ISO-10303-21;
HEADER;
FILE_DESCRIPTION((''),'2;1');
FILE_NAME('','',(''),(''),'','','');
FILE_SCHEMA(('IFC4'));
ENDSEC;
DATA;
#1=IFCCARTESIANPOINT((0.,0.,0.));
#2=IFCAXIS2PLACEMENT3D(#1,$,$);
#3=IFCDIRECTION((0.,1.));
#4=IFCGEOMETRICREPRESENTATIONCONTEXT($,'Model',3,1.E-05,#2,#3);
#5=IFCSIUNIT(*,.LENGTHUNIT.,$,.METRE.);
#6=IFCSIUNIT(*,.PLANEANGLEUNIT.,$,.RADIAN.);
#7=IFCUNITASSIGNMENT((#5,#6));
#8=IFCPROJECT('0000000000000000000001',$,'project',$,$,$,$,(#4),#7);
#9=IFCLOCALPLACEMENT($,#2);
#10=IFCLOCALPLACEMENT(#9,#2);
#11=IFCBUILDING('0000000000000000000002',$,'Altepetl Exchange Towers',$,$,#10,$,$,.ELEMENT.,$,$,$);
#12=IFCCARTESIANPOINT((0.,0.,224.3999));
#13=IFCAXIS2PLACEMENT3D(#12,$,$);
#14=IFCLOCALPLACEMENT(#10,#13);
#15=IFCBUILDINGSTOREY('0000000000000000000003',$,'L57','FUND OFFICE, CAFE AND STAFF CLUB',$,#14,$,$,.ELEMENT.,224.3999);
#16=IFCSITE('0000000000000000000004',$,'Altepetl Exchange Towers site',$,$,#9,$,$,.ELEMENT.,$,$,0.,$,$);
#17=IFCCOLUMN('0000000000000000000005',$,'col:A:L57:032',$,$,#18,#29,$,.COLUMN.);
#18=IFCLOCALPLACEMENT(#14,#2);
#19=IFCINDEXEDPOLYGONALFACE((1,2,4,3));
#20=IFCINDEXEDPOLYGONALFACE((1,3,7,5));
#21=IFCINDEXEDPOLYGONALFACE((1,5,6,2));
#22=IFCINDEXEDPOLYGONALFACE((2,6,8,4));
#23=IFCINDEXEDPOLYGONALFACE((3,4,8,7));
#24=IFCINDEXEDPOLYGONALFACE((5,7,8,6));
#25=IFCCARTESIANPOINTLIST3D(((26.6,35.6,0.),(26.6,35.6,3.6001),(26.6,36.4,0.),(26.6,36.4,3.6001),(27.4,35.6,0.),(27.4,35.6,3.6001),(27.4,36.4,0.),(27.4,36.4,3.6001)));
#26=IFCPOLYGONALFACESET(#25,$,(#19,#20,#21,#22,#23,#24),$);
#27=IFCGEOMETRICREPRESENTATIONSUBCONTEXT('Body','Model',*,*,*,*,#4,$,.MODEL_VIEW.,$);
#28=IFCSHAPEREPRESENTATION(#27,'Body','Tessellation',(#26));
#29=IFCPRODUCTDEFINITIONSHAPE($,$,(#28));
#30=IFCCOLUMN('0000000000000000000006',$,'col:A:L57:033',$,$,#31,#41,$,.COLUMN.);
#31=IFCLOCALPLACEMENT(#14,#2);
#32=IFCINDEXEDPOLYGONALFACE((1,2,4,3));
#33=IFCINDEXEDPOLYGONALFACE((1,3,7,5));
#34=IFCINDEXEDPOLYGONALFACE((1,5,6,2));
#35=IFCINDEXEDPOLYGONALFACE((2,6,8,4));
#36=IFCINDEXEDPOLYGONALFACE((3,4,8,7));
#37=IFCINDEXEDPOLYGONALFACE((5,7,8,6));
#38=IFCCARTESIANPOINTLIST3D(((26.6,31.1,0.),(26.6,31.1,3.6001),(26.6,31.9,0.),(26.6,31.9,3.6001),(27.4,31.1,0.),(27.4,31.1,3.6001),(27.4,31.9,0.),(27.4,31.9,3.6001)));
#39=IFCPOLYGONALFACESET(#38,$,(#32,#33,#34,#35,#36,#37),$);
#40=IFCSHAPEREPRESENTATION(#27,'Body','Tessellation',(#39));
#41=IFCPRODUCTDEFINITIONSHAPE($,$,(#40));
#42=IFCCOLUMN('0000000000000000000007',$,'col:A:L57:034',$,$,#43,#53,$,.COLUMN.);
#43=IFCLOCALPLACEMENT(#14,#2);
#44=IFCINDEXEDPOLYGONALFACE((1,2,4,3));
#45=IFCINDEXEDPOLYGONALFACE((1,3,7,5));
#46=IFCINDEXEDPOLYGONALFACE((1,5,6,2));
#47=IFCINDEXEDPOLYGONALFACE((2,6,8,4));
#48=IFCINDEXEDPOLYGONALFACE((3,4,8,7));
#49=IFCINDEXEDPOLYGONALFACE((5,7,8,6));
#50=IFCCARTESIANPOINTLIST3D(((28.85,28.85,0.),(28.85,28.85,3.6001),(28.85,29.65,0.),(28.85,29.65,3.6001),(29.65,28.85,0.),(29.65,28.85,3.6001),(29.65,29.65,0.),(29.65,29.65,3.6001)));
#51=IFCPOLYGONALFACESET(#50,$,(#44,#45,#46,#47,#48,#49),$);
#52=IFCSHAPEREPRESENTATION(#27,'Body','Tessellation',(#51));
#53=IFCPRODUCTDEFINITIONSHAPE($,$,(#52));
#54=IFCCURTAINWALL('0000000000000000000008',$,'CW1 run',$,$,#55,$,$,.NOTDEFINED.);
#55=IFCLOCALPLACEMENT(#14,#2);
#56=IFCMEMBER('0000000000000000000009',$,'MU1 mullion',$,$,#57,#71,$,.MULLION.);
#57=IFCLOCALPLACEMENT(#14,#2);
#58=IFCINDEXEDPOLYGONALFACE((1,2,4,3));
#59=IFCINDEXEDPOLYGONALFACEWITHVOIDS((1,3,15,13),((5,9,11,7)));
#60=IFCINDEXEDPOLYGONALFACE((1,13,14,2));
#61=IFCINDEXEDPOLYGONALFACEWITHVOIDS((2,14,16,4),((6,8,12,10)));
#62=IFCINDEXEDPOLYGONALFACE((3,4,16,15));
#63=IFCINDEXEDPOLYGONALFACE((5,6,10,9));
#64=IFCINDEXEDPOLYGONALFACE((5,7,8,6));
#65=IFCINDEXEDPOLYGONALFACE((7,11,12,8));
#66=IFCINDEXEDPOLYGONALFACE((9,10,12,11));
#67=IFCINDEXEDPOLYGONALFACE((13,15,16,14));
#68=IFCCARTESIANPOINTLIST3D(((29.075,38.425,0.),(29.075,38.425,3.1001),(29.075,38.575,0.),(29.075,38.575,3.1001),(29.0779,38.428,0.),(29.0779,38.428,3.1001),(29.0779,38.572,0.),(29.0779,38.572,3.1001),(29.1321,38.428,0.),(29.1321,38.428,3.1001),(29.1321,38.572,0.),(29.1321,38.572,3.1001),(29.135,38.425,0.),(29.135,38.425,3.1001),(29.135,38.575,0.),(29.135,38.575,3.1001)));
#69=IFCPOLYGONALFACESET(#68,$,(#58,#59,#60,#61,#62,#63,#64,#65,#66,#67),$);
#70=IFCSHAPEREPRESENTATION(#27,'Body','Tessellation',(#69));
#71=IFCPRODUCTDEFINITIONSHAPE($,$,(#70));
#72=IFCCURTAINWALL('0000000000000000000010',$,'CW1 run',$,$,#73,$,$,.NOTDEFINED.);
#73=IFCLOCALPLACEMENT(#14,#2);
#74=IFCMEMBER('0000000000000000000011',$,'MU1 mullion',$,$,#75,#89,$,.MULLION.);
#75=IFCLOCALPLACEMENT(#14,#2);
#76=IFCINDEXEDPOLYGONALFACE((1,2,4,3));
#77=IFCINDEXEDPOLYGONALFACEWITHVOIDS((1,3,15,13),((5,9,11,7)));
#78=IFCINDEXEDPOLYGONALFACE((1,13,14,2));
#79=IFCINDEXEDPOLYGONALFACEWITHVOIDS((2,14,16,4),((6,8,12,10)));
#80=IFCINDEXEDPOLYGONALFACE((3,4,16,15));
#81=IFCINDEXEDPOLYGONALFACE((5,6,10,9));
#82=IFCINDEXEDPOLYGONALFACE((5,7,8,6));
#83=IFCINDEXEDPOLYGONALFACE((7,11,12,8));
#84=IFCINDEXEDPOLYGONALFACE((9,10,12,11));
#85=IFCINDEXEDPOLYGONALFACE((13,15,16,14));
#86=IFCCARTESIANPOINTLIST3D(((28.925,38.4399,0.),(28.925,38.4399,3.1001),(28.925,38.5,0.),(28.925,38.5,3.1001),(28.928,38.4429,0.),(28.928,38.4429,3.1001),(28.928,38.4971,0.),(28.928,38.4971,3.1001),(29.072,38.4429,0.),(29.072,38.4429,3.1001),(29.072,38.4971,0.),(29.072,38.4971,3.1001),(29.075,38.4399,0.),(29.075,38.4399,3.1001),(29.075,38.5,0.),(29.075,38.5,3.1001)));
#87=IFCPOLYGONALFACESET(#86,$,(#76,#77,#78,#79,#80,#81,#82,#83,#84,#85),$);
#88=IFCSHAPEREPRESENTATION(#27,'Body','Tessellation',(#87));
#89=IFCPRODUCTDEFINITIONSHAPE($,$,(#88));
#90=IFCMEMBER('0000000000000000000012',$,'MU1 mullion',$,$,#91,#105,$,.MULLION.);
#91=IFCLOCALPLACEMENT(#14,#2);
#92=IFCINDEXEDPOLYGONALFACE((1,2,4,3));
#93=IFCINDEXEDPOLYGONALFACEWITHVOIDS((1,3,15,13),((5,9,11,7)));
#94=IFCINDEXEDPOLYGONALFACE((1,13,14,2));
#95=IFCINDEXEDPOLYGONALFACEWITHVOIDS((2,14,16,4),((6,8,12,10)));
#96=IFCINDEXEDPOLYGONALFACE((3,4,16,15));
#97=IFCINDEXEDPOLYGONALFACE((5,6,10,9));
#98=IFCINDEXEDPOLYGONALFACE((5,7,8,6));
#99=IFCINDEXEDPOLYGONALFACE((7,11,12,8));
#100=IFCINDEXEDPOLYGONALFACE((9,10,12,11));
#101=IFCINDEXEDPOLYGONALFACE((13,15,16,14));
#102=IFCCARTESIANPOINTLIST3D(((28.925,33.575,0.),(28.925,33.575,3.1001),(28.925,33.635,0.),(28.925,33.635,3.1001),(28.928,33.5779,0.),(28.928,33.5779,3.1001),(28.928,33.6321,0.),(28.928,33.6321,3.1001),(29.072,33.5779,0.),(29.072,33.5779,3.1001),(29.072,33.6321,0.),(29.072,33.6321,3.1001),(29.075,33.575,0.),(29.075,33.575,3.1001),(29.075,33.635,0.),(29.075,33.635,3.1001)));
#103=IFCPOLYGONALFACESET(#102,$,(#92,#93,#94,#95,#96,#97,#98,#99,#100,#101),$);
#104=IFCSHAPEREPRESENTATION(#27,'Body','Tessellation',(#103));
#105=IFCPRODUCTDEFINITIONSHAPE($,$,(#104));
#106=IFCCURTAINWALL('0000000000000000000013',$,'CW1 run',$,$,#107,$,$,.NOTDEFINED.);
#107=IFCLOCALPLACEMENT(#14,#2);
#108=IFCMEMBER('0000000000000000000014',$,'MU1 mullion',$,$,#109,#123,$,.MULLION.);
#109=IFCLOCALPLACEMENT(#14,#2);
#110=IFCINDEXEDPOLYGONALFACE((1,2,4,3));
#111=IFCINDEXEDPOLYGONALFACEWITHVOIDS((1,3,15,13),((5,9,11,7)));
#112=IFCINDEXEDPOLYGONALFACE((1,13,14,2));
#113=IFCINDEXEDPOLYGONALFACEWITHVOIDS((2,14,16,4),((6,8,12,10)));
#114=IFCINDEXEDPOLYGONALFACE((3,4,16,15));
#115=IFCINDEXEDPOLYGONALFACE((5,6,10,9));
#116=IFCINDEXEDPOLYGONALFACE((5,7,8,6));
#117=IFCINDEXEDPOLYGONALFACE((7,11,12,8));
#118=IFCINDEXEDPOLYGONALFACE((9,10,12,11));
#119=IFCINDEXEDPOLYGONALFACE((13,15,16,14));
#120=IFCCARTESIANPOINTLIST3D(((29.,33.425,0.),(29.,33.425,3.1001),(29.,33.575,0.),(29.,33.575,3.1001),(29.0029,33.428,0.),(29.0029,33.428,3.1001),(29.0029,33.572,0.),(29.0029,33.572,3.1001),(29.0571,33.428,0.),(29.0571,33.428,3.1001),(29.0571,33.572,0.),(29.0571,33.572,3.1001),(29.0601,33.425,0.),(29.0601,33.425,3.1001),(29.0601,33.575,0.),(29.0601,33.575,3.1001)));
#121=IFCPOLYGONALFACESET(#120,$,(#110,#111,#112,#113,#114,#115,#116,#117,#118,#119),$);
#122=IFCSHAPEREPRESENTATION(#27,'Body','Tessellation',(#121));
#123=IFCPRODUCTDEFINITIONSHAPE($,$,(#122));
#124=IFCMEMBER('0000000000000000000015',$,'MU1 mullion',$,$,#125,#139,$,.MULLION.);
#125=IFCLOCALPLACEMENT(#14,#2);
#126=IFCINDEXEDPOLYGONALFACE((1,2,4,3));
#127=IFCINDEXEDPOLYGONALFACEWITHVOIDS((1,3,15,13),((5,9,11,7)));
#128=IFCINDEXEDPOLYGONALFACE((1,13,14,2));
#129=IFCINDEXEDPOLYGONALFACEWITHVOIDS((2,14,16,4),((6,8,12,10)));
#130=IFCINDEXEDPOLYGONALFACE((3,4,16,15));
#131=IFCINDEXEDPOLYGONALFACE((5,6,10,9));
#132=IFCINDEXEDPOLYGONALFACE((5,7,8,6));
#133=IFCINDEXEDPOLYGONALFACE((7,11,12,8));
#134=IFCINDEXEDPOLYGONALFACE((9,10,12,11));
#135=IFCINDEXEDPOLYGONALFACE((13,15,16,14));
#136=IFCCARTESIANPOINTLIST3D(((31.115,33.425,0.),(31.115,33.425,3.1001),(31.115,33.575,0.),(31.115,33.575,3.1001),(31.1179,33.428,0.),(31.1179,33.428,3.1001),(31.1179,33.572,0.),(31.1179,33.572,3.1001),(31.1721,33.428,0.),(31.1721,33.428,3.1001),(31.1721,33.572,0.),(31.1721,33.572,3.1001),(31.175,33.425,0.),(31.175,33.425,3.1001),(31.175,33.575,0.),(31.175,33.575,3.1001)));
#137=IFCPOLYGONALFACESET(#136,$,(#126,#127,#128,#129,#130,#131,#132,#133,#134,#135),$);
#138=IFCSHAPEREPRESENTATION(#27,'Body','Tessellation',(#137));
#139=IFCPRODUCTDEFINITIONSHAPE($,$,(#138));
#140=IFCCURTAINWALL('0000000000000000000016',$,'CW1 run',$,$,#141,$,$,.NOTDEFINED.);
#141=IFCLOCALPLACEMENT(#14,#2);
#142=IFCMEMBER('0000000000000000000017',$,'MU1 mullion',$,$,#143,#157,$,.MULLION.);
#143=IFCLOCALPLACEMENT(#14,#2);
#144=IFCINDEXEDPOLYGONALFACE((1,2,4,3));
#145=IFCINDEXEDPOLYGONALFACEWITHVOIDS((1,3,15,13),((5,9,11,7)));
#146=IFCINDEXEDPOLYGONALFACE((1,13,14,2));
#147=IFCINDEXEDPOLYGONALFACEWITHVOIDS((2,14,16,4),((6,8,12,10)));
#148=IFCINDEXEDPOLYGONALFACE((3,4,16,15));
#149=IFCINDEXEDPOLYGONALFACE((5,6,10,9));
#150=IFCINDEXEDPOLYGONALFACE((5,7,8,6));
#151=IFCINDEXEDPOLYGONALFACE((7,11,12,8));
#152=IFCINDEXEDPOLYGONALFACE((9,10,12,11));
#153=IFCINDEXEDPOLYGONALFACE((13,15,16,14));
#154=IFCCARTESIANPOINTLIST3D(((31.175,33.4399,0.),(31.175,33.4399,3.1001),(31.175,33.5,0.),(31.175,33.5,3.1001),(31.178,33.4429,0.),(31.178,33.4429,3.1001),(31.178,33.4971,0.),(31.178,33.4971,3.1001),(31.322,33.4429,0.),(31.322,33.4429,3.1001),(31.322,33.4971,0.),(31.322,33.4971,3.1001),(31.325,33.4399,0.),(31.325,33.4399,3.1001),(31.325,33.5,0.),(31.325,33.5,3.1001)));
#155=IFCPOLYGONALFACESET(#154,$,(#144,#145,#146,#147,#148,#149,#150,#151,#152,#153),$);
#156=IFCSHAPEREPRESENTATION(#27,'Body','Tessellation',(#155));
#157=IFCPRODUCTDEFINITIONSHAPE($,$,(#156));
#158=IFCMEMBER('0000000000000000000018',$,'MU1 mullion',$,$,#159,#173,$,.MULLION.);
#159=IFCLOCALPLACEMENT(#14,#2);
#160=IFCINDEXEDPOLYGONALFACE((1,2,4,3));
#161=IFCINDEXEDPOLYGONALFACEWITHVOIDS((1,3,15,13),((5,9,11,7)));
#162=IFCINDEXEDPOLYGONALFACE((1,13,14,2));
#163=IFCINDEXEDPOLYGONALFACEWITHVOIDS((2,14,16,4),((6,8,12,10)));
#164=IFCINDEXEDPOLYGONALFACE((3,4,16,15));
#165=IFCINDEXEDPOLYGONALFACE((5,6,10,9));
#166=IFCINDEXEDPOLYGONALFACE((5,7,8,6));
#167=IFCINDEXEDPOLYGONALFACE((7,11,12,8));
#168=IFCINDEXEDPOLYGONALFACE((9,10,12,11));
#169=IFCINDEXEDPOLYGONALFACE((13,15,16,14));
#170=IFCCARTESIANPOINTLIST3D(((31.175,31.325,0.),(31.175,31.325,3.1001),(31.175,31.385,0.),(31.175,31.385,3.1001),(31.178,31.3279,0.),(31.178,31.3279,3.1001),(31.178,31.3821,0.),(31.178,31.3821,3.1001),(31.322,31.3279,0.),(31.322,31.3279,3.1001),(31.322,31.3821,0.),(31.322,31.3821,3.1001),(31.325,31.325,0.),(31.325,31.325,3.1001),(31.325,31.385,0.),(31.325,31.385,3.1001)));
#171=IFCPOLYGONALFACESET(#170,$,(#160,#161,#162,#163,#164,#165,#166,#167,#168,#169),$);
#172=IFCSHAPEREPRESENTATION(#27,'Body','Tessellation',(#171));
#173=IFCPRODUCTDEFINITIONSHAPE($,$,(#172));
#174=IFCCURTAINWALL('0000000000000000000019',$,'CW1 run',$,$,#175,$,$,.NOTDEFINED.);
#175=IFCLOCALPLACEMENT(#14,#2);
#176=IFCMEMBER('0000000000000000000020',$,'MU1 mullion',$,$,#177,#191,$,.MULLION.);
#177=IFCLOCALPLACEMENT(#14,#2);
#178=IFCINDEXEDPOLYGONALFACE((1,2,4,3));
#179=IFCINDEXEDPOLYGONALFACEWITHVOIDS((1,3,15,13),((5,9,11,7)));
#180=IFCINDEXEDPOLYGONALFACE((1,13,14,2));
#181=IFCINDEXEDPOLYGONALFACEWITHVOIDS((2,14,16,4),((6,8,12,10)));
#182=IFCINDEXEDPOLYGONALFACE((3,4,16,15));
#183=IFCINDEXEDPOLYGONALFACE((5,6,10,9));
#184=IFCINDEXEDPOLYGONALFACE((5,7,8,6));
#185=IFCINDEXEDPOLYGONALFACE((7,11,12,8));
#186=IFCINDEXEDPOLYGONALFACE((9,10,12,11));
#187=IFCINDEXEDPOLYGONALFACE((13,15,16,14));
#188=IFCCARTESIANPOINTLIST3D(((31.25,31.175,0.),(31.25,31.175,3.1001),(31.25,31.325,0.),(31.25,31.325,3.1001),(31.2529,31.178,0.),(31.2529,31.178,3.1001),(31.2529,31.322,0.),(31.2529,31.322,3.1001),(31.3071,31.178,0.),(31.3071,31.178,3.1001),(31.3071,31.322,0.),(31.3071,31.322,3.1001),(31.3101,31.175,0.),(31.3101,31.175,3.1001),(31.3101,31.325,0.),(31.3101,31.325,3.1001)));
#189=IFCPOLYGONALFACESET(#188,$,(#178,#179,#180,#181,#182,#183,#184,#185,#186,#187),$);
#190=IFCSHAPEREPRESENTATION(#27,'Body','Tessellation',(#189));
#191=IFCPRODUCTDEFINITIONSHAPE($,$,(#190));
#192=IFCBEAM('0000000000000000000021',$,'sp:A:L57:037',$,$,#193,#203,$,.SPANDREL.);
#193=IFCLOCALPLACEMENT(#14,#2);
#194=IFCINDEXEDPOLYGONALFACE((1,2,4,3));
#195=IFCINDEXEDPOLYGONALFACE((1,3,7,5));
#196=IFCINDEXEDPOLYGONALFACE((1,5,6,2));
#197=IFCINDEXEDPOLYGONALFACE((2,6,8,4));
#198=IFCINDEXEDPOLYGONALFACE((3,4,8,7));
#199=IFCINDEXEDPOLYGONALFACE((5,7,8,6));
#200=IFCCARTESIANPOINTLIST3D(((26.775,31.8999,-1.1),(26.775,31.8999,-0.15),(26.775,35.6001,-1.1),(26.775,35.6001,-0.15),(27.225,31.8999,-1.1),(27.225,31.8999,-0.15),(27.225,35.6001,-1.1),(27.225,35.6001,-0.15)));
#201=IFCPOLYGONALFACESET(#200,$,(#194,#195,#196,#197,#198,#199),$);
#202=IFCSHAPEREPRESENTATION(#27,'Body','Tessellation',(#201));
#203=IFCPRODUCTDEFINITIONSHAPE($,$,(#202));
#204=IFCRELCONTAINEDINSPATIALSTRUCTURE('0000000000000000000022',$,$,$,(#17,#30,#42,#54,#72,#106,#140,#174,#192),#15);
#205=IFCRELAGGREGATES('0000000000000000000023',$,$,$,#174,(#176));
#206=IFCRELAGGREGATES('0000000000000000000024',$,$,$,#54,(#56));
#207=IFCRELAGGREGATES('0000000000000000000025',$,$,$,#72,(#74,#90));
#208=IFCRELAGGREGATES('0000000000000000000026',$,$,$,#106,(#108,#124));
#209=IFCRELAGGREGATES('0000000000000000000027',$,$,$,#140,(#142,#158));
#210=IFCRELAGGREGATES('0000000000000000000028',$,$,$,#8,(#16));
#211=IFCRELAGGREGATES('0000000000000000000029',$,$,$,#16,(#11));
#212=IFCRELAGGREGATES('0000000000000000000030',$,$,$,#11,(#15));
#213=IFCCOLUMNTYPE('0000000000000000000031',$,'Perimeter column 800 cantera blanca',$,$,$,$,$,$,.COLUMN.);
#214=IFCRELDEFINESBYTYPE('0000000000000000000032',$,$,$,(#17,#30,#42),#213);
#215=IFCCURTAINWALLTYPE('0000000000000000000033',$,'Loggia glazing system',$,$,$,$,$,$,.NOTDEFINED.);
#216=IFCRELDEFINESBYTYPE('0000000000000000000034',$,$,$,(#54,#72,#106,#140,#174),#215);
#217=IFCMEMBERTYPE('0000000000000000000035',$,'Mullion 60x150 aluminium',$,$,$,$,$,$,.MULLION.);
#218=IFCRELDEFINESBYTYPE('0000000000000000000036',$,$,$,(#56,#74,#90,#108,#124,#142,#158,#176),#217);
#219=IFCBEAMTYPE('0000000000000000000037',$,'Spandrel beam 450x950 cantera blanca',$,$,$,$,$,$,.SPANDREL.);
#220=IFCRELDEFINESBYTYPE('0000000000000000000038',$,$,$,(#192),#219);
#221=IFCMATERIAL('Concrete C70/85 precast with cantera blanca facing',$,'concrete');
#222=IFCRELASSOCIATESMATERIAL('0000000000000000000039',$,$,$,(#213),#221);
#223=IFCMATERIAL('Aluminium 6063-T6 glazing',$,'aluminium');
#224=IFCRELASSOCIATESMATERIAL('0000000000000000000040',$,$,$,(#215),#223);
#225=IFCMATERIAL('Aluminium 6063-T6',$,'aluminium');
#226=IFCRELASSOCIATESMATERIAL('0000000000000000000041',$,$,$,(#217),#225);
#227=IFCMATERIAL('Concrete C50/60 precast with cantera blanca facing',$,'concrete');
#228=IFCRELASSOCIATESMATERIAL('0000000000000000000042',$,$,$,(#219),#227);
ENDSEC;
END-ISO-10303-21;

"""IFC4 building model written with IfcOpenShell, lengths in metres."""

from ifc_helpers import new_model, si_unit, direction, frame, origin, origin_2d, place, context, subcontext, project, spatial, rectangle, hollow_rectangle, extrude, material, material_profile, profile_set, type_object, element, aggregate, save


model = new_model("IFC4")

# Units and contexts
model_context = context("Model", 3, precision=1e-05, world=origin(), true_north=direction((0.0, 1.0)))
body_context = subcontext(model_context, "Body", "Model", "MODEL_VIEW")
ifc_project = project(units=[si_unit("LENGTHUNIT", "METRE"), si_unit("PLANEANGLEUNIT", "RADIAN")], contexts=[model_context])

# Site, building, storey
site_placement = place(None, origin())
site = spatial("IfcSite", under=ifc_project, at=site_placement, Name="Altepetl Exchange Towers site", CompositionType="ELEMENT", RefElevation=0.0)
building_placement = place(site_placement, origin())
building = spatial("IfcBuilding", under=site, at=building_placement, Name="Altepetl Exchange Towers", CompositionType="ELEMENT")
storey_placement = place(building_placement, frame((0.0, 0.0, 224.3999)))
storey = spatial("IfcBuildingStorey", under=building, at=storey_placement, Name="L57", Description="FUND OFFICE, CAFE AND STAFF CLUB", CompositionType="ELEMENT", Elevation=224.3999)

# Columns
ifc_material_1 = material(Name="Concrete C70/85 precast with cantera blanca facing", Category="concrete")
ifc_material_profile_1 = material_profile(ifc_material_1, rectangle(XDim=0.8, YDim=0.8, at=origin_2d()), Name="800 x 800")
ifc_profile_set_1 = profile_set([ifc_material_profile_1], Name="Concrete C70/85 precast with cantera blanca facing")
column_type = type_object("IfcColumnType", Name="Perimeter column 800 cantera blanca", PredefinedType="COLUMN", material=ifc_profile_set_1)
for number, where, name in (
    (1, (27.0, 36.0, 0.0), "col:A:L57:032"),
    (2, (27.0, 31.5, 0.0), "col:A:L57:033"),
    (3, (29.25, 29.25, 0.0), "col:A:L57:034"),
):
    element("IfcColumn", number, at=place(storey_placement, frame(where)), inside=storey, type_object=column_type, Name=name, PredefinedType="COLUMN", context=body_context, shape_type="SweptSolid", body=[
        extrude(rectangle(XDim=0.8, YDim=0.8, at=origin_2d()), origin(), (0.0, 0.0, 1.0), 3.6001),
    ])

# Curtain wall, member
ifc_material_2 = material(Name="Aluminium 6063-T6 glazing", Category="aluminium")
curtain_wall_type = type_object("IfcCurtainWallType", Name="Loggia glazing system", PredefinedType="NOTDEFINED", material=ifc_material_2)
curtain_wall_1_placement = place(storey_placement, origin())
curtain_wall_1 = element("IfcCurtainWall", 4, at=curtain_wall_1_placement, inside=storey, type_object=curtain_wall_type, Name="CW1 run", PredefinedType="NOTDEFINED")
ifc_material_3 = material(Name="Aluminium 6063-T6", Category="aluminium")
ifc_material_profile_2 = material_profile(ifc_material_3, hollow_rectangle(XDim=0.0601, YDim=0.1499, WallThickness=0.0029, at=origin_2d()), Name="Mullion 60x150 aluminium")
ifc_profile_set_2 = profile_set([ifc_material_profile_2], Name="Aluminium 6063-T6")
member_type = type_object("IfcMemberType", Name="Mullion 60x150 aluminium", PredefinedType="MULLION", material=ifc_profile_set_2)
member_1_placement = place(storey_placement, frame((29.105, 38.5, 0.0), z_axis=(0.0, 0.0, 1.0), x_axis=(-1.0, 0.0, 0.0)))
member_1 = element("IfcMember", 5, at=member_1_placement, type_object=member_type, Name="MU1 mullion", PredefinedType="MULLION", context=body_context, shape_type="SweptSolid", body=[
    extrude(hollow_rectangle(XDim=0.0601, YDim=0.1499, WallThickness=0.0029, at=origin_2d()), origin(), (0.0, 0.0, 1.0), 3.1001),
])

# Curtain walls, members
curtain_wall_2_placement = place(storey_placement, origin())
curtain_wall_2 = element("IfcCurtainWall", 6, at=curtain_wall_2_placement, inside=storey, type_object=curtain_wall_type, Name="CW1 run", PredefinedType="NOTDEFINED")
member_2_placement = place(storey_placement, frame((29.0, 38.47, 0.0), z_axis=(0.0, 0.0, 1.0), x_axis=(0.0, -1.0, 0.0)))
member_2 = element("IfcMember", 7, at=member_2_placement, type_object=member_type, Name="MU1 mullion", PredefinedType="MULLION", context=body_context, shape_type="SweptSolid", body=[
    extrude(hollow_rectangle(XDim=0.0601, YDim=0.1499, WallThickness=0.0029, at=origin_2d()), origin(), (0.0, 0.0, 1.0), 3.1001),
])
member_3_placement = place(storey_placement, frame((29.0, 33.605, 0.0), z_axis=(0.0, 0.0, 1.0), x_axis=(0.0, -1.0, 0.0)))
member_3 = element("IfcMember", 8, at=member_3_placement, type_object=member_type, Name="MU1 mullion", PredefinedType="MULLION", context=body_context, shape_type="SweptSolid", body=[
    extrude(hollow_rectangle(XDim=0.0601, YDim=0.1499, WallThickness=0.0029, at=origin_2d()), origin(), (0.0, 0.0, 1.0), 3.1001),
])
curtain_wall_3_placement = place(storey_placement, origin())
curtain_wall_3 = element("IfcCurtainWall", 9, at=curtain_wall_3_placement, inside=storey, type_object=curtain_wall_type, Name="CW1 run", PredefinedType="NOTDEFINED")
member_4_placement = place(storey_placement, frame((29.03, 33.5, 0.0)))
member_4 = element("IfcMember", 10, at=member_4_placement, type_object=member_type, Name="MU1 mullion", PredefinedType="MULLION", context=body_context, shape_type="SweptSolid", body=[
    extrude(hollow_rectangle(XDim=0.0601, YDim=0.1499, WallThickness=0.0029, at=origin_2d()), origin(), (0.0, 0.0, 1.0), 3.1001),
])
member_5_placement = place(storey_placement, frame((31.145, 33.5, 0.0)))
member_5 = element("IfcMember", 11, at=member_5_placement, type_object=member_type, Name="MU1 mullion", PredefinedType="MULLION", context=body_context, shape_type="SweptSolid", body=[
    extrude(hollow_rectangle(XDim=0.0601, YDim=0.1499, WallThickness=0.0029, at=origin_2d()), origin(), (0.0, 0.0, 1.0), 3.1001),
])
curtain_wall_4_placement = place(storey_placement, origin())
curtain_wall_4 = element("IfcCurtainWall", 12, at=curtain_wall_4_placement, inside=storey, type_object=curtain_wall_type, Name="CW1 run", PredefinedType="NOTDEFINED")
member_6_placement = place(storey_placement, frame((31.25, 33.47, 0.0), z_axis=(0.0, 0.0, 1.0), x_axis=(0.0, -1.0, 0.0)))
member_6 = element("IfcMember", 13, at=member_6_placement, type_object=member_type, Name="MU1 mullion", PredefinedType="MULLION", context=body_context, shape_type="SweptSolid", body=[
    extrude(hollow_rectangle(XDim=0.0601, YDim=0.1499, WallThickness=0.0029, at=origin_2d()), origin(), (0.0, 0.0, 1.0), 3.1001),
])
member_7_placement = place(storey_placement, frame((31.25, 31.355, 0.0), z_axis=(0.0, 0.0, 1.0), x_axis=(0.0, -1.0, 0.0)))
member_7 = element("IfcMember", 14, at=member_7_placement, type_object=member_type, Name="MU1 mullion", PredefinedType="MULLION", context=body_context, shape_type="SweptSolid", body=[
    extrude(hollow_rectangle(XDim=0.0601, YDim=0.1499, WallThickness=0.0029, at=origin_2d()), origin(), (0.0, 0.0, 1.0), 3.1001),
])

# Curtain wall, member
curtain_wall_5_placement = place(storey_placement, origin())
curtain_wall_5 = element("IfcCurtainWall", 15, at=curtain_wall_5_placement, inside=storey, type_object=curtain_wall_type, Name="CW1 run", PredefinedType="NOTDEFINED")
member_8_placement = place(storey_placement, frame((31.28, 31.25, 0.0)))
member_8 = element("IfcMember", 16, at=member_8_placement, type_object=member_type, Name="MU1 mullion", PredefinedType="MULLION", context=body_context, shape_type="SweptSolid", body=[
    extrude(hollow_rectangle(XDim=0.0601, YDim=0.1499, WallThickness=0.0029, at=origin_2d()), origin(), (0.0, 0.0, 1.0), 3.1001),
])
aggregate(curtain_wall_5, [member_8])

# Beam
ifc_material_4 = material(Name="Concrete C50/60 precast with cantera blanca facing", Category="concrete")
ifc_material_profile_3 = material_profile(ifc_material_4, rectangle(XDim=0.45, YDim=0.95, at=origin_2d()), Name="450 x 950")
ifc_profile_set_3 = profile_set([ifc_material_profile_3], Name="Concrete C50/60 precast with cantera blanca facing")
beam_type = type_object("IfcBeamType", Name="Spandrel beam 450x950 cantera blanca", PredefinedType="SPANDREL", material=ifc_profile_set_3)
beam_1_placement = place(storey_placement, frame((27.0, 35.6001, -0.625), z_axis=(0.0, -1.0, 0.0), x_axis=(1.0, 0.0, 0.0)))
element("IfcBeam", 17, at=beam_1_placement, inside=storey, type_object=beam_type, Name="sp:A:L57:037", PredefinedType="SPANDREL", context=body_context, shape_type="SweptSolid", body=[
    extrude(rectangle(XDim=0.45, YDim=0.95, at=origin_2d()), origin(), (0.0, 0.0, 1.0), 3.7002),
])

aggregate(curtain_wall_1, [member_1])
aggregate(curtain_wall_2, [member_2, member_3])
aggregate(curtain_wall_3, [member_4, member_5])
aggregate(curtain_wall_4, [member_6, member_7])

save(model, "model.ifc")
